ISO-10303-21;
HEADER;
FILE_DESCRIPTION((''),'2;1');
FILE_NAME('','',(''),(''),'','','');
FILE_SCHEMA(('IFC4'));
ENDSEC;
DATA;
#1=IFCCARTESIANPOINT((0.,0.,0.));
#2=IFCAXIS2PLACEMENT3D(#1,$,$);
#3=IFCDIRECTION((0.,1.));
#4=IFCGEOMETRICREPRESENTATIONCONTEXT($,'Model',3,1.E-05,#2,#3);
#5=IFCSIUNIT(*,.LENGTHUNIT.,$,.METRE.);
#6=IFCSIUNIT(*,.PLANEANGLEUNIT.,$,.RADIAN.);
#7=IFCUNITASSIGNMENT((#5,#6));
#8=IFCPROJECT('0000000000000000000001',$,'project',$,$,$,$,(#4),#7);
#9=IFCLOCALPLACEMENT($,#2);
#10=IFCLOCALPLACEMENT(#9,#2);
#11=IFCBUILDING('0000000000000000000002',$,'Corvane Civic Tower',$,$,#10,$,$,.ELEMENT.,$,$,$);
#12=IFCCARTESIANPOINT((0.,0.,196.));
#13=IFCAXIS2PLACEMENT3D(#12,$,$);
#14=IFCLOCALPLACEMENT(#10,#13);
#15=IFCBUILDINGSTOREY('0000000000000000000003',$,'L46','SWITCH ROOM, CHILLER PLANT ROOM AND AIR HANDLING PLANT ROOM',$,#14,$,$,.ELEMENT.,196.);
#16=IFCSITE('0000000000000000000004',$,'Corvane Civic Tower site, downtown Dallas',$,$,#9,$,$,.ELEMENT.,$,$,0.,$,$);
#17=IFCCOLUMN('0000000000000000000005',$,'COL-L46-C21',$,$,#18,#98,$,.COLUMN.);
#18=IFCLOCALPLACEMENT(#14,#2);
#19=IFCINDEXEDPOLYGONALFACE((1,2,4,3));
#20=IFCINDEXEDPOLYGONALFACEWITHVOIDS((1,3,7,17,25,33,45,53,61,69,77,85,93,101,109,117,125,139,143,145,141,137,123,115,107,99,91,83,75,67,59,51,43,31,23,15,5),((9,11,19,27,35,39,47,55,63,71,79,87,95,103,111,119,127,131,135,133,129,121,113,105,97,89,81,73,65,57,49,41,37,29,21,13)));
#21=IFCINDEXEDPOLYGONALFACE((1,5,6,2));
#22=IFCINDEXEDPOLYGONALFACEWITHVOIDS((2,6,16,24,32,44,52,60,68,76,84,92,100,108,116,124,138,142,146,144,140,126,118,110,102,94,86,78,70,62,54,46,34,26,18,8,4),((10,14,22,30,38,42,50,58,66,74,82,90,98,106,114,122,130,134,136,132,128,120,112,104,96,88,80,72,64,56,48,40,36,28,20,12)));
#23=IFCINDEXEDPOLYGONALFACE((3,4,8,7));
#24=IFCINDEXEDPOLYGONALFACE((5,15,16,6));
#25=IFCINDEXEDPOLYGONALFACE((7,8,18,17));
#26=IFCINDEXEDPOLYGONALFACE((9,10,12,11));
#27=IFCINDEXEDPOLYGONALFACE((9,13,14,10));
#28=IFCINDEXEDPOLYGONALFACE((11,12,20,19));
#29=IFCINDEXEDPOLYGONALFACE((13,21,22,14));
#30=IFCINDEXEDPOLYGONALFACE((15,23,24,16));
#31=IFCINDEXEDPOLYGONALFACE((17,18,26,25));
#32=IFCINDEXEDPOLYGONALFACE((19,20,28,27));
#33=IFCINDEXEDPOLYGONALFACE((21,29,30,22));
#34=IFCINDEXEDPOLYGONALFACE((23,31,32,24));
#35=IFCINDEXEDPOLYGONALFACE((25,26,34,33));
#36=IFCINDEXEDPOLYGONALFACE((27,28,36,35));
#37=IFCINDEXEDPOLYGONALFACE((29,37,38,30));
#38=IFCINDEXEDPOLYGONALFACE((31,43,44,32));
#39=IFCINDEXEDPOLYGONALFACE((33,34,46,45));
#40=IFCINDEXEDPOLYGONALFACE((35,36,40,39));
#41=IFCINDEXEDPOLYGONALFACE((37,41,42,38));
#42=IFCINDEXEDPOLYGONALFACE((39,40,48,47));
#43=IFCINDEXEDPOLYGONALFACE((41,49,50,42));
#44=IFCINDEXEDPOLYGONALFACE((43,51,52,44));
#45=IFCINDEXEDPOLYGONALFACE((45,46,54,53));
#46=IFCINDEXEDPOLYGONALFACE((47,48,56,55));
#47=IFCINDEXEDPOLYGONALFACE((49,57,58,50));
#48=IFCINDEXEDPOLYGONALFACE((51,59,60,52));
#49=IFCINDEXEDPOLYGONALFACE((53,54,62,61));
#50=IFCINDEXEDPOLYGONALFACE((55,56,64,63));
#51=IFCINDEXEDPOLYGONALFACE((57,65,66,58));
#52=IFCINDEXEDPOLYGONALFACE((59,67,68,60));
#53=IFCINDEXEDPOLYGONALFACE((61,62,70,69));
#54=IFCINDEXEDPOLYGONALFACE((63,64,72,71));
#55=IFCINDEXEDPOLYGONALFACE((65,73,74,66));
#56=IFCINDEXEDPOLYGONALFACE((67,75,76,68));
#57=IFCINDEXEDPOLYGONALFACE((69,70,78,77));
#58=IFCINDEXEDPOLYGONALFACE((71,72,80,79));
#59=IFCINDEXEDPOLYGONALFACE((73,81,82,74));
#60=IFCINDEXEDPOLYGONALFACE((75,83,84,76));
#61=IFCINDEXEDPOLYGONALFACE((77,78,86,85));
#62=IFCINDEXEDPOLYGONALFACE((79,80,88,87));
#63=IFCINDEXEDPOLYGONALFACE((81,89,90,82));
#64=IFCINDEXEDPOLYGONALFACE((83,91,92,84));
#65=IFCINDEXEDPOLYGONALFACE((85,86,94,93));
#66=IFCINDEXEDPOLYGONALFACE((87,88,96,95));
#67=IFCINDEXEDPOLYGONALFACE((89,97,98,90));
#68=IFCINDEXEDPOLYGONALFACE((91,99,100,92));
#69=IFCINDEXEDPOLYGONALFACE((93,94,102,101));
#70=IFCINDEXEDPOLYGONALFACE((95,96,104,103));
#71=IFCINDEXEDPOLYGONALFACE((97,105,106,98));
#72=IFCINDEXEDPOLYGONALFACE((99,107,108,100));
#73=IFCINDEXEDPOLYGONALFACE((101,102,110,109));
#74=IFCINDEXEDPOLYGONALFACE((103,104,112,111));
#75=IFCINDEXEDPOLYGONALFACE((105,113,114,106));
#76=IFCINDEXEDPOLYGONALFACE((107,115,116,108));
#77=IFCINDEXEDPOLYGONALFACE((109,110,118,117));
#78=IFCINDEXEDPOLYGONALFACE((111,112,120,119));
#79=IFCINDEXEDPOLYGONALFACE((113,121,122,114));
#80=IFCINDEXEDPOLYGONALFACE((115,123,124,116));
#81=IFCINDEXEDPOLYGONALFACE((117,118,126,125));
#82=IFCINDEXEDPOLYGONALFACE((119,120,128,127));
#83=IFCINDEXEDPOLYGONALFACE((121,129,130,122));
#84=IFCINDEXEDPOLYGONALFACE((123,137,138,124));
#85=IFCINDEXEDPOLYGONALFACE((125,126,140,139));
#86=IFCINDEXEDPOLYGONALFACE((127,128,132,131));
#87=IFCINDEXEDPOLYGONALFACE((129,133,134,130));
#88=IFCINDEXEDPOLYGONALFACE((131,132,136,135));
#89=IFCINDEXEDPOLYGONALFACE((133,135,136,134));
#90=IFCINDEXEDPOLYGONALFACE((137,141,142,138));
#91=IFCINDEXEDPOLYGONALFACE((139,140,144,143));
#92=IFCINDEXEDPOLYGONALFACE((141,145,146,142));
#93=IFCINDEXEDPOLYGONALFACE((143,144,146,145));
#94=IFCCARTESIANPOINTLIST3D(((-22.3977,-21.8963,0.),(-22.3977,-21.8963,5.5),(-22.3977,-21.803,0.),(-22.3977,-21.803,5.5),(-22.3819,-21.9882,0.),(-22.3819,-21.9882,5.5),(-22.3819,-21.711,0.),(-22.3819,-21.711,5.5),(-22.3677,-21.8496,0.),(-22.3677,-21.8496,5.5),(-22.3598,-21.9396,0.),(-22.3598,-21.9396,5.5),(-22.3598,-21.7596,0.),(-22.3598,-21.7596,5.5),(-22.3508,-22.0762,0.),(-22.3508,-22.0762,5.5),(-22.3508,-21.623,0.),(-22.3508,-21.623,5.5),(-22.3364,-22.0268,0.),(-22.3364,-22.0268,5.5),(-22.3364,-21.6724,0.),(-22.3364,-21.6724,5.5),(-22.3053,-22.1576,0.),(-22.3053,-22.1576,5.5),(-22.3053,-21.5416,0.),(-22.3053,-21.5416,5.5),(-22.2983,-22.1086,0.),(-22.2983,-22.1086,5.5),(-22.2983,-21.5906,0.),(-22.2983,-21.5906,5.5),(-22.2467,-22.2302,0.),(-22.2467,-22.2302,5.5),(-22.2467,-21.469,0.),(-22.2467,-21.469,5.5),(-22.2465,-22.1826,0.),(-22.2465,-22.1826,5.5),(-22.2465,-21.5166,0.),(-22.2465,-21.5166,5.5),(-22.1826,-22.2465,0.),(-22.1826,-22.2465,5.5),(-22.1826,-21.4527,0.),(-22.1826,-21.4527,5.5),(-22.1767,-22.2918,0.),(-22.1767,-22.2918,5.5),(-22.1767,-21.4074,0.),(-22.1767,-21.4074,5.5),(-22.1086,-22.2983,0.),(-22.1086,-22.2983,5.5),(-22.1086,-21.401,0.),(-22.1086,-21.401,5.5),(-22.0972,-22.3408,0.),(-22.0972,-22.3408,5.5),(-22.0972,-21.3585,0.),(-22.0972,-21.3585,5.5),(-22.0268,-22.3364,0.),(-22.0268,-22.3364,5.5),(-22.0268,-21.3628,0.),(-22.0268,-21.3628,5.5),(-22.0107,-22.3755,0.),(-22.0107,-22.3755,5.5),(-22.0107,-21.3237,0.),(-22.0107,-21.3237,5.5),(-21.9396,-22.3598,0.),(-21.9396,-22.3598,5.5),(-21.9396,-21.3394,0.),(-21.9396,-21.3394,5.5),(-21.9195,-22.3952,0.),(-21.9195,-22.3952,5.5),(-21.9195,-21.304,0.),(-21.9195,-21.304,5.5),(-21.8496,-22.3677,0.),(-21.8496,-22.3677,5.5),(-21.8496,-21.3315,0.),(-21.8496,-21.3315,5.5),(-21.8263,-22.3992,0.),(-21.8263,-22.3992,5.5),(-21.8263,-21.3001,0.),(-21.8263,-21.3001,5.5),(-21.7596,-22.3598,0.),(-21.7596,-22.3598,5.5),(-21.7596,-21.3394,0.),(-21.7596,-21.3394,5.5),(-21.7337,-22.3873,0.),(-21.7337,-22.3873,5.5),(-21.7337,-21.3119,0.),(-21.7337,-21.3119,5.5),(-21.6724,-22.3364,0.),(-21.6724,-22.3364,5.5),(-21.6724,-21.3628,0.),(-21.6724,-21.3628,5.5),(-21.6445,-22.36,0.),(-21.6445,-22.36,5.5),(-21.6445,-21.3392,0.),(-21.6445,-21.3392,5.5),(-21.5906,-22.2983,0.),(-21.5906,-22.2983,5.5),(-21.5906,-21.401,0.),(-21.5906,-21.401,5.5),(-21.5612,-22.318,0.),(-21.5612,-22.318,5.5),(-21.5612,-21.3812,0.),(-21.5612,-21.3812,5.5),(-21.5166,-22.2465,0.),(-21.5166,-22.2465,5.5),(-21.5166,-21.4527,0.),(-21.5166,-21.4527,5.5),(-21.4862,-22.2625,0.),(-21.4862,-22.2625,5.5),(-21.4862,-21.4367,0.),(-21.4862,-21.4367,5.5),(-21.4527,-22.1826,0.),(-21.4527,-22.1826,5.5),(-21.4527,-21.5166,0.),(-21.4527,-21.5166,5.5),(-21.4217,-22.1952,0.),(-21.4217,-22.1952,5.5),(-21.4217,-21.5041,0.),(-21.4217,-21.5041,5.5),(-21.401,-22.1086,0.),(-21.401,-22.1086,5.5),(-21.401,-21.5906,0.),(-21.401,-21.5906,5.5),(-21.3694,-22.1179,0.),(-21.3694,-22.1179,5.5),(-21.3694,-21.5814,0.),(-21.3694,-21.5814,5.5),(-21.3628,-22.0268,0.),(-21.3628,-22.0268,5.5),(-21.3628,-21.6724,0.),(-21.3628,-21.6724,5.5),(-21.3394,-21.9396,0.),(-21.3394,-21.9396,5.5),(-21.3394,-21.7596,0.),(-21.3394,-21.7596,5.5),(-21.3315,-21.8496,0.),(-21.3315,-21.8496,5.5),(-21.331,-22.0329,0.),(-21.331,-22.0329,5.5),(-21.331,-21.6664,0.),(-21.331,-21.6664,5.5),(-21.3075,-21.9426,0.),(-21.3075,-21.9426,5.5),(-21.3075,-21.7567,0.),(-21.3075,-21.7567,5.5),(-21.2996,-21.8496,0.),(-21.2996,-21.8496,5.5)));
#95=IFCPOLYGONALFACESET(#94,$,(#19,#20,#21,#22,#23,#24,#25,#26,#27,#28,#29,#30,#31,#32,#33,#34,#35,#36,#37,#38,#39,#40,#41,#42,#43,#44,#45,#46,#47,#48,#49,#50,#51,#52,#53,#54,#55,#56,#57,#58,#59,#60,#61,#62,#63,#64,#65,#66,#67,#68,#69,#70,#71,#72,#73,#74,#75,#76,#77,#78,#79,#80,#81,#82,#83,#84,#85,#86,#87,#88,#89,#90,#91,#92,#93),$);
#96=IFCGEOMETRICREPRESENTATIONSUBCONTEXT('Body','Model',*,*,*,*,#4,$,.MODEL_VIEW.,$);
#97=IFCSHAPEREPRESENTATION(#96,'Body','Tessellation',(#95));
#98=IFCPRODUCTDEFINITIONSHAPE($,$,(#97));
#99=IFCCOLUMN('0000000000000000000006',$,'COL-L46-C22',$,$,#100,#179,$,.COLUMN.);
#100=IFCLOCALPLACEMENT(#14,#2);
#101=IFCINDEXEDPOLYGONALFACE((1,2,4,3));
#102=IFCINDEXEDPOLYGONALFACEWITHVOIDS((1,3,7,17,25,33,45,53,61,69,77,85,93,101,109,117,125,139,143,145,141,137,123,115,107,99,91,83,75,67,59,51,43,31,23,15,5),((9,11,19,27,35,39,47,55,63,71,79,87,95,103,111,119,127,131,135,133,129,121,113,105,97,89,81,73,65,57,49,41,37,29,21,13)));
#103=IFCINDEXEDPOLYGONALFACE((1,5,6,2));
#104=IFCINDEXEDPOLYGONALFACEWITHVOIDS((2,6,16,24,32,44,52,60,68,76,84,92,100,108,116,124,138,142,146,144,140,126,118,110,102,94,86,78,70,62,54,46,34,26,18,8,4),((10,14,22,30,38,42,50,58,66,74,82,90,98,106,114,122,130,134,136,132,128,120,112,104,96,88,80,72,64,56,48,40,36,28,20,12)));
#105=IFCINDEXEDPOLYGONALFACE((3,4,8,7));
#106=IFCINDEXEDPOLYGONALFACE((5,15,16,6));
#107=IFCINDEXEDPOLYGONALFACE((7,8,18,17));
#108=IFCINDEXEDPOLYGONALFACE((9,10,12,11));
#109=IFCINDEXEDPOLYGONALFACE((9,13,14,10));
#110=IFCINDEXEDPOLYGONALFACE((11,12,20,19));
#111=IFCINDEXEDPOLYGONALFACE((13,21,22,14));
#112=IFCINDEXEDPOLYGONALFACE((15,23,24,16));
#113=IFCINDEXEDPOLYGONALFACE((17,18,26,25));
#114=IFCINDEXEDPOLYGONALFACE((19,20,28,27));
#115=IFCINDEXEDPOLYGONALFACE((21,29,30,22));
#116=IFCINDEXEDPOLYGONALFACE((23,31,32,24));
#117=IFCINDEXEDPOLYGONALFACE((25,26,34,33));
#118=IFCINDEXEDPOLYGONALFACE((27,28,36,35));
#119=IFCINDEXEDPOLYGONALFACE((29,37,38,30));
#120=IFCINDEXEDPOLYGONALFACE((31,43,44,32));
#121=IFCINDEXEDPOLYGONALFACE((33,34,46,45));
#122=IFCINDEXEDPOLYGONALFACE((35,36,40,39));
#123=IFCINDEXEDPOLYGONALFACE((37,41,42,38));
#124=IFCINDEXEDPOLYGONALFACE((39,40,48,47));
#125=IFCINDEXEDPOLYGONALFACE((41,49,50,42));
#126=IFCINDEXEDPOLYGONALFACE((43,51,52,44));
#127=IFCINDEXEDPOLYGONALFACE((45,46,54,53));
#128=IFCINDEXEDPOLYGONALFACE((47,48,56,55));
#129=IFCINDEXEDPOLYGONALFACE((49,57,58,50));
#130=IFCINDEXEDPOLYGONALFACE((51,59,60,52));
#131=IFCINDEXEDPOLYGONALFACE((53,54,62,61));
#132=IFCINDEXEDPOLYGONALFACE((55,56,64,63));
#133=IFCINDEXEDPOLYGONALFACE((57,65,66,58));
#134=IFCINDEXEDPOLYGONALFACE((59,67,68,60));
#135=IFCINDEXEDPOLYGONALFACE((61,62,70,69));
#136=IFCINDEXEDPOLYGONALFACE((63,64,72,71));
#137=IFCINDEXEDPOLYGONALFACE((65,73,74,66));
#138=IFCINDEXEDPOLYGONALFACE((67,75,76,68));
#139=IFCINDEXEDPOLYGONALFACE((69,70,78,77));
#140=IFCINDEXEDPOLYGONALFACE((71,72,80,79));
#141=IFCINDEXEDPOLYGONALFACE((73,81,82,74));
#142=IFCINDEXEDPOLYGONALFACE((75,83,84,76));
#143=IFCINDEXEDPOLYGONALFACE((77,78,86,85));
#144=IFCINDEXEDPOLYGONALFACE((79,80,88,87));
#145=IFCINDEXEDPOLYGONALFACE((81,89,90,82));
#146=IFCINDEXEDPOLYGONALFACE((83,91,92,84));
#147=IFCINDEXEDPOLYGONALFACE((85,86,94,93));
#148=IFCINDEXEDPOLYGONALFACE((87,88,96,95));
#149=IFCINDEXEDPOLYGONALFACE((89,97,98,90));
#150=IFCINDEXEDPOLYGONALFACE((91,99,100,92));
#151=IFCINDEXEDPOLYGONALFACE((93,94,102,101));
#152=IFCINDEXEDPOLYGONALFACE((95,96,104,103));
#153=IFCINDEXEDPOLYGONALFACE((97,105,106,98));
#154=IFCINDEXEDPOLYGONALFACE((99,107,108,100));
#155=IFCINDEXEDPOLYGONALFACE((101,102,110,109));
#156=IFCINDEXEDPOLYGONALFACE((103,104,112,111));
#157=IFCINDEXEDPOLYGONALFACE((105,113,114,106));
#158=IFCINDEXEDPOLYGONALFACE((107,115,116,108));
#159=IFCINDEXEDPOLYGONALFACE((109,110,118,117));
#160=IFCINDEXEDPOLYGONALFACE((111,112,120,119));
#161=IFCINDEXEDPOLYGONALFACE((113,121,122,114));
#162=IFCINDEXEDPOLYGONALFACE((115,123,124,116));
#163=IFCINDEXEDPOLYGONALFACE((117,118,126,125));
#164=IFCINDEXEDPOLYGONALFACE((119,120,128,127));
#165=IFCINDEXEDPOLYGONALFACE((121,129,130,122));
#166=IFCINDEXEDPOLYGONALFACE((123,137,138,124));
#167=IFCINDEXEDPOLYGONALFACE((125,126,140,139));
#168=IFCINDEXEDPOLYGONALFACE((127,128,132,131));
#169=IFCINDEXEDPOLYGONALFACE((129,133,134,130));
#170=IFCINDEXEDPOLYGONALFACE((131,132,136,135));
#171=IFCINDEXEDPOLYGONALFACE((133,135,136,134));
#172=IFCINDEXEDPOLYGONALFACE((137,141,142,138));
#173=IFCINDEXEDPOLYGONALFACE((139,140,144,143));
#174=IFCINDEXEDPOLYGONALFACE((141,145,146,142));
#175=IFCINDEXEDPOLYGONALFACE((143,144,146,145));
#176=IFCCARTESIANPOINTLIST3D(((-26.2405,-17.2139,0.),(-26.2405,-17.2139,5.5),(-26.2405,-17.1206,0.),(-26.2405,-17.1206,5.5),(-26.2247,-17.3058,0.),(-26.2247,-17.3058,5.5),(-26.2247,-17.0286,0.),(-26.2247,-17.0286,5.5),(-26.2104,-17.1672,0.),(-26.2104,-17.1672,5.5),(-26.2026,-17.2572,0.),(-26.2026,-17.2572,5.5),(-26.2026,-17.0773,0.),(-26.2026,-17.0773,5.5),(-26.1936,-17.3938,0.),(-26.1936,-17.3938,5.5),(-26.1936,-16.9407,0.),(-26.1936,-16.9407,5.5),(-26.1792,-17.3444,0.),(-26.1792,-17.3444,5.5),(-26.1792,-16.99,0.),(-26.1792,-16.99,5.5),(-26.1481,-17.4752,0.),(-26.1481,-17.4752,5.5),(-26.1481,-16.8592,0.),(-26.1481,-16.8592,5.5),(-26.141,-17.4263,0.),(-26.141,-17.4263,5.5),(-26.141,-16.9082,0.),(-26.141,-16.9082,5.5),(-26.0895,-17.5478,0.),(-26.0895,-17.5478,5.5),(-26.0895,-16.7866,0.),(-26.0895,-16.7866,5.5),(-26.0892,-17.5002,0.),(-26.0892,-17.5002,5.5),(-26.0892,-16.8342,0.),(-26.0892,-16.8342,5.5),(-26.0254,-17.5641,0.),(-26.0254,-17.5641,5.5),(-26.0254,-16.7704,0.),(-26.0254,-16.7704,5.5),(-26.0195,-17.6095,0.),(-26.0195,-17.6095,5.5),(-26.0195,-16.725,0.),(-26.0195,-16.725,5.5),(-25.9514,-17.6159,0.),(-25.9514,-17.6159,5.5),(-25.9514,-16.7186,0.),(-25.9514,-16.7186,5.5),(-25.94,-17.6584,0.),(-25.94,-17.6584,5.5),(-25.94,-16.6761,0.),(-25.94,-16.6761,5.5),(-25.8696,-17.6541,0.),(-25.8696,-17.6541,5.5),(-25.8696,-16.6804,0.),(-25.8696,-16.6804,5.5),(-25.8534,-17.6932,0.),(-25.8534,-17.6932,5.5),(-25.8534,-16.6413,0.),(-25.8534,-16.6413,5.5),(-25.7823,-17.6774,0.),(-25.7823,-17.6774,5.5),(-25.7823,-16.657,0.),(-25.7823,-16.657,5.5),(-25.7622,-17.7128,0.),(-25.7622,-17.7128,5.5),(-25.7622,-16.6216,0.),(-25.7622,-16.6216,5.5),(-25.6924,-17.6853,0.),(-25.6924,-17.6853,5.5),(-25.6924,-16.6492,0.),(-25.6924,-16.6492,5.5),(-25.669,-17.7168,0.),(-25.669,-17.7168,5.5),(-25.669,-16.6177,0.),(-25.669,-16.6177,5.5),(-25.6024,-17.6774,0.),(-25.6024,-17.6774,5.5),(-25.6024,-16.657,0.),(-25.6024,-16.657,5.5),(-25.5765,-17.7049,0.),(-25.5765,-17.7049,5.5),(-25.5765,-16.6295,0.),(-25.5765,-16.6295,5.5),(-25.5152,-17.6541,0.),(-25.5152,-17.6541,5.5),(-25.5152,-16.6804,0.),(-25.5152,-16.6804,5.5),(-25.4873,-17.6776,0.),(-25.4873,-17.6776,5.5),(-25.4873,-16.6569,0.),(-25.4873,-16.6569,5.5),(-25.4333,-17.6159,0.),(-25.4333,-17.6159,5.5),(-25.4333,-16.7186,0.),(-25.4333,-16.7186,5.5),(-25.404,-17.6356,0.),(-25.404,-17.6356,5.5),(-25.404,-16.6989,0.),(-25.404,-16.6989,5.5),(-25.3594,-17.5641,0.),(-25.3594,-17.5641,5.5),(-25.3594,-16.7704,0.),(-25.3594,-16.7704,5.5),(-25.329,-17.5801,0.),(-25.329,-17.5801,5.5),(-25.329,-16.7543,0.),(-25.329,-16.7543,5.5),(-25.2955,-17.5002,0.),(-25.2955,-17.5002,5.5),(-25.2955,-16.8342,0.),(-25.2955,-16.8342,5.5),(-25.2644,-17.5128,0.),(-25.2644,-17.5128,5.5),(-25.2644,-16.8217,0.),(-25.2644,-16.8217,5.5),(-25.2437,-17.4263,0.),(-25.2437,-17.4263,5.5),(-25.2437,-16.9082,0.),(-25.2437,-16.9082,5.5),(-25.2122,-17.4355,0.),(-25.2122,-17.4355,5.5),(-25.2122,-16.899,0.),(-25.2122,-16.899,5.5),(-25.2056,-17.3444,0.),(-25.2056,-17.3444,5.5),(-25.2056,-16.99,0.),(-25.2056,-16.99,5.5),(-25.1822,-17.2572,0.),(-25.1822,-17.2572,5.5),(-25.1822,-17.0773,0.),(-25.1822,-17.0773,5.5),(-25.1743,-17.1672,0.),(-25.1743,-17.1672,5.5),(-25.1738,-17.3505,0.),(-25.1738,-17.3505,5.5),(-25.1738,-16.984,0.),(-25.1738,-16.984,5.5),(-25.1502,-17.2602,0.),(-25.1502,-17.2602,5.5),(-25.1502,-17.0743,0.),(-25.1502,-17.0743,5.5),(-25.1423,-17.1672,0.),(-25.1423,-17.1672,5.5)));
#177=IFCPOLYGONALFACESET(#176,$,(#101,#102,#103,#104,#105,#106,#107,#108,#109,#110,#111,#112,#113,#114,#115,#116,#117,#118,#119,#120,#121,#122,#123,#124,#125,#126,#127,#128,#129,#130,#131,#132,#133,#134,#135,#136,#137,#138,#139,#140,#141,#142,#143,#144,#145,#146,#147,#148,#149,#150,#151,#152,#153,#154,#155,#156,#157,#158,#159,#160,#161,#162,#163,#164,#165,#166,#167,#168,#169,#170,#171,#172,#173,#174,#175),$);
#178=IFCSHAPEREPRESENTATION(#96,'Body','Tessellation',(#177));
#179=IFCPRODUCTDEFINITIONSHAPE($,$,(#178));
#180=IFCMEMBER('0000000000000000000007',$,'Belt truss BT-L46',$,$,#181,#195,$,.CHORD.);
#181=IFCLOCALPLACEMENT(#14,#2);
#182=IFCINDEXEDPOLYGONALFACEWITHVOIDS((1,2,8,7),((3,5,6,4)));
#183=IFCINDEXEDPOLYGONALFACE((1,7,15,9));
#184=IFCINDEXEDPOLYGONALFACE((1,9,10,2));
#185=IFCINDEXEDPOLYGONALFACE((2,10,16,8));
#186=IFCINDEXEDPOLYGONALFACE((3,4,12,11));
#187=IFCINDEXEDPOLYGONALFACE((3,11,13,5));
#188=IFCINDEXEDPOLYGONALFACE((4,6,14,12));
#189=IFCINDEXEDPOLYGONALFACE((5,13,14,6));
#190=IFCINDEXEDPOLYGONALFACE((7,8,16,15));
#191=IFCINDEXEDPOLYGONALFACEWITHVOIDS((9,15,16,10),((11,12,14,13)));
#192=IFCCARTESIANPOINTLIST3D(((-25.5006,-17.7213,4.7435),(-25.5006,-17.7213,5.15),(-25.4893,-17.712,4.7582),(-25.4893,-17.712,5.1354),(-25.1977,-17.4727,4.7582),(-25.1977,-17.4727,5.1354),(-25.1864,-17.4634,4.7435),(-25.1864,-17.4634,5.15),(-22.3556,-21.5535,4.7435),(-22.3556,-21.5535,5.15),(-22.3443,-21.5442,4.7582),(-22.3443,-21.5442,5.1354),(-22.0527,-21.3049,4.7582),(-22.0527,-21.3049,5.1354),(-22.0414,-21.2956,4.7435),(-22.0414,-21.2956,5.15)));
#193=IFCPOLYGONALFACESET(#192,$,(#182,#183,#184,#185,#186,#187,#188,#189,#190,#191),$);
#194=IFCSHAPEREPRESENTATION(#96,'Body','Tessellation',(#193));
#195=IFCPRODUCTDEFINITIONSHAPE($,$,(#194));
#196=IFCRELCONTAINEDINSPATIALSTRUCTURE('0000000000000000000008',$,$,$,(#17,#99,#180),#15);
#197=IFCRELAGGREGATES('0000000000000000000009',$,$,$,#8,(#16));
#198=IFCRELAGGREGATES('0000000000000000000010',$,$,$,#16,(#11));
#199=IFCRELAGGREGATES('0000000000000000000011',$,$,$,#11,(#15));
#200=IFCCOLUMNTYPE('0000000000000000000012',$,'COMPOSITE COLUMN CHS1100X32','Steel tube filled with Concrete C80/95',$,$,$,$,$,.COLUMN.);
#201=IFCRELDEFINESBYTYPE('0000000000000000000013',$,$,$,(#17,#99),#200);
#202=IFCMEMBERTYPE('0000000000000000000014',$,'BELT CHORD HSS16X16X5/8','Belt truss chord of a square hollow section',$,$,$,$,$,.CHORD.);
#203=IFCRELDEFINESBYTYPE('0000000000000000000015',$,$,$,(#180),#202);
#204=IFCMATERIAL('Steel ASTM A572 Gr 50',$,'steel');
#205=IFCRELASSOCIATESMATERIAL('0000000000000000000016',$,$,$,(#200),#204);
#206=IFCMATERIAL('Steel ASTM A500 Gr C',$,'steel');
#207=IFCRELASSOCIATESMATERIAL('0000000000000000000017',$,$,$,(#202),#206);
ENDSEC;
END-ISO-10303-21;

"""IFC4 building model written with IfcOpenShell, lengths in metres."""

from ifc_helpers import new_model, si_unit, direction, frame, origin, origin_2d, place, context, subcontext, project, spatial, hollow_rectangle, hollow_circle, extrude, material, material_profile, profile_set, type_object, element, save


model = new_model("IFC4")

# Units and contexts
model_context = context("Model", 3, precision=1e-05, world=origin(), true_north=direction((0.0, 1.0)))
body_context = subcontext(model_context, "Body", "Model", "MODEL_VIEW")
ifc_project = project(units=[si_unit("LENGTHUNIT", "METRE"), si_unit("PLANEANGLEUNIT", "RADIAN")], contexts=[model_context])

# Site, building, storey
site_placement = place(None, origin())
site = spatial("IfcSite", under=ifc_project, at=site_placement, Name="Corvane Civic Tower site, downtown Dallas", CompositionType="ELEMENT", RefElevation=0.0)
building_placement = place(site_placement, origin())
building = spatial("IfcBuilding", under=site, at=building_placement, Name="Corvane Civic Tower", CompositionType="ELEMENT")
storey_placement = place(building_placement, frame((0.0, 0.0, 196.0)))
storey = spatial("IfcBuildingStorey", under=building, at=storey_placement, Name="L46", Description="SWITCH ROOM, CHILLER PLANT ROOM AND AIR HANDLING PLANT ROOM", CompositionType="ELEMENT", Elevation=196.0)

# Columns
ifc_material_1 = material(Name="Steel ASTM A572 Gr 50", Category="steel")
ifc_material_profile_1 = material_profile(ifc_material_1, hollow_circle(Radius=0.55, WallThickness=0.032, at=origin_2d()), Name="CHS1100X32")
ifc_profile_set_1 = profile_set([ifc_material_profile_1], Name="Steel ASTM A572 Gr 50")
column_type = type_object("IfcColumnType", Name="COMPOSITE COLUMN CHS1100X32", Description="Steel tube filled with Concrete C80/95", PredefinedType="COLUMN", material=ifc_profile_set_1)
for number, where, z_axis, x_axis, name in (
    (1, (-21.8496, -21.8496, 0.0), (0.0, 0.0, 1.0), (1.0, 0.0, 0.0), "COL-L46-C21"),
    (2, (-25.6924, -17.1672, 0.0), (0.0, 0.0, 1.0), (1.0, 0.0, 0.0), "COL-L46-C22"),
):
    element("IfcColumn", number, at=place(storey_placement, frame(where, z_axis=z_axis, x_axis=x_axis)), inside=storey, type_object=column_type, Name=name, PredefinedType="COLUMN", context=body_context, shape_type="SweptSolid", body=[
        extrude(hollow_circle(Radius=0.55, WallThickness=0.032, at=origin_2d()), origin(), (0.0, 0.0, 1.0), 5.5),
    ])

# Member
ifc_material_2 = material(Name="Steel ASTM A500 Gr C", Category="steel")
ifc_material_profile_2 = material_profile(ifc_material_2, hollow_rectangle(XDim=0.4065, YDim=0.4065, WallThickness=0.0146, at=origin_2d()), Name="HSS16X16X5/8")
ifc_profile_set_2 = profile_set([ifc_material_profile_2], Name="Steel ASTM A500 Gr C")
member_type_1 = type_object("IfcMemberType", Name="BELT CHORD HSS16X16X5/8", Description="Belt truss chord of a square hollow section", PredefinedType="CHORD", material=ifc_profile_set_2)
for number, where, z_axis, x_axis, name in (
    (3, (-22.1985, -21.4246, 4.9468), (-0.634388, 0.773015, 0.0), (-0.773015, -0.634388, 0.0), "Belt truss BT-L46"),
):
    element("IfcMember", number, at=place(storey_placement, frame(where, z_axis=z_axis, x_axis=x_axis)), inside=storey, type_object=member_type_1, Name=name, PredefinedType="CHORD", context=body_context, shape_type="SweptSolid", body=[
        extrude(hollow_rectangle(XDim=0.4065, YDim=0.4065, WallThickness=0.0146, at=origin_2d()), origin(), (0.0, 0.0, 1.0), 4.9575),
    ])

save(model, "model.ifc")
